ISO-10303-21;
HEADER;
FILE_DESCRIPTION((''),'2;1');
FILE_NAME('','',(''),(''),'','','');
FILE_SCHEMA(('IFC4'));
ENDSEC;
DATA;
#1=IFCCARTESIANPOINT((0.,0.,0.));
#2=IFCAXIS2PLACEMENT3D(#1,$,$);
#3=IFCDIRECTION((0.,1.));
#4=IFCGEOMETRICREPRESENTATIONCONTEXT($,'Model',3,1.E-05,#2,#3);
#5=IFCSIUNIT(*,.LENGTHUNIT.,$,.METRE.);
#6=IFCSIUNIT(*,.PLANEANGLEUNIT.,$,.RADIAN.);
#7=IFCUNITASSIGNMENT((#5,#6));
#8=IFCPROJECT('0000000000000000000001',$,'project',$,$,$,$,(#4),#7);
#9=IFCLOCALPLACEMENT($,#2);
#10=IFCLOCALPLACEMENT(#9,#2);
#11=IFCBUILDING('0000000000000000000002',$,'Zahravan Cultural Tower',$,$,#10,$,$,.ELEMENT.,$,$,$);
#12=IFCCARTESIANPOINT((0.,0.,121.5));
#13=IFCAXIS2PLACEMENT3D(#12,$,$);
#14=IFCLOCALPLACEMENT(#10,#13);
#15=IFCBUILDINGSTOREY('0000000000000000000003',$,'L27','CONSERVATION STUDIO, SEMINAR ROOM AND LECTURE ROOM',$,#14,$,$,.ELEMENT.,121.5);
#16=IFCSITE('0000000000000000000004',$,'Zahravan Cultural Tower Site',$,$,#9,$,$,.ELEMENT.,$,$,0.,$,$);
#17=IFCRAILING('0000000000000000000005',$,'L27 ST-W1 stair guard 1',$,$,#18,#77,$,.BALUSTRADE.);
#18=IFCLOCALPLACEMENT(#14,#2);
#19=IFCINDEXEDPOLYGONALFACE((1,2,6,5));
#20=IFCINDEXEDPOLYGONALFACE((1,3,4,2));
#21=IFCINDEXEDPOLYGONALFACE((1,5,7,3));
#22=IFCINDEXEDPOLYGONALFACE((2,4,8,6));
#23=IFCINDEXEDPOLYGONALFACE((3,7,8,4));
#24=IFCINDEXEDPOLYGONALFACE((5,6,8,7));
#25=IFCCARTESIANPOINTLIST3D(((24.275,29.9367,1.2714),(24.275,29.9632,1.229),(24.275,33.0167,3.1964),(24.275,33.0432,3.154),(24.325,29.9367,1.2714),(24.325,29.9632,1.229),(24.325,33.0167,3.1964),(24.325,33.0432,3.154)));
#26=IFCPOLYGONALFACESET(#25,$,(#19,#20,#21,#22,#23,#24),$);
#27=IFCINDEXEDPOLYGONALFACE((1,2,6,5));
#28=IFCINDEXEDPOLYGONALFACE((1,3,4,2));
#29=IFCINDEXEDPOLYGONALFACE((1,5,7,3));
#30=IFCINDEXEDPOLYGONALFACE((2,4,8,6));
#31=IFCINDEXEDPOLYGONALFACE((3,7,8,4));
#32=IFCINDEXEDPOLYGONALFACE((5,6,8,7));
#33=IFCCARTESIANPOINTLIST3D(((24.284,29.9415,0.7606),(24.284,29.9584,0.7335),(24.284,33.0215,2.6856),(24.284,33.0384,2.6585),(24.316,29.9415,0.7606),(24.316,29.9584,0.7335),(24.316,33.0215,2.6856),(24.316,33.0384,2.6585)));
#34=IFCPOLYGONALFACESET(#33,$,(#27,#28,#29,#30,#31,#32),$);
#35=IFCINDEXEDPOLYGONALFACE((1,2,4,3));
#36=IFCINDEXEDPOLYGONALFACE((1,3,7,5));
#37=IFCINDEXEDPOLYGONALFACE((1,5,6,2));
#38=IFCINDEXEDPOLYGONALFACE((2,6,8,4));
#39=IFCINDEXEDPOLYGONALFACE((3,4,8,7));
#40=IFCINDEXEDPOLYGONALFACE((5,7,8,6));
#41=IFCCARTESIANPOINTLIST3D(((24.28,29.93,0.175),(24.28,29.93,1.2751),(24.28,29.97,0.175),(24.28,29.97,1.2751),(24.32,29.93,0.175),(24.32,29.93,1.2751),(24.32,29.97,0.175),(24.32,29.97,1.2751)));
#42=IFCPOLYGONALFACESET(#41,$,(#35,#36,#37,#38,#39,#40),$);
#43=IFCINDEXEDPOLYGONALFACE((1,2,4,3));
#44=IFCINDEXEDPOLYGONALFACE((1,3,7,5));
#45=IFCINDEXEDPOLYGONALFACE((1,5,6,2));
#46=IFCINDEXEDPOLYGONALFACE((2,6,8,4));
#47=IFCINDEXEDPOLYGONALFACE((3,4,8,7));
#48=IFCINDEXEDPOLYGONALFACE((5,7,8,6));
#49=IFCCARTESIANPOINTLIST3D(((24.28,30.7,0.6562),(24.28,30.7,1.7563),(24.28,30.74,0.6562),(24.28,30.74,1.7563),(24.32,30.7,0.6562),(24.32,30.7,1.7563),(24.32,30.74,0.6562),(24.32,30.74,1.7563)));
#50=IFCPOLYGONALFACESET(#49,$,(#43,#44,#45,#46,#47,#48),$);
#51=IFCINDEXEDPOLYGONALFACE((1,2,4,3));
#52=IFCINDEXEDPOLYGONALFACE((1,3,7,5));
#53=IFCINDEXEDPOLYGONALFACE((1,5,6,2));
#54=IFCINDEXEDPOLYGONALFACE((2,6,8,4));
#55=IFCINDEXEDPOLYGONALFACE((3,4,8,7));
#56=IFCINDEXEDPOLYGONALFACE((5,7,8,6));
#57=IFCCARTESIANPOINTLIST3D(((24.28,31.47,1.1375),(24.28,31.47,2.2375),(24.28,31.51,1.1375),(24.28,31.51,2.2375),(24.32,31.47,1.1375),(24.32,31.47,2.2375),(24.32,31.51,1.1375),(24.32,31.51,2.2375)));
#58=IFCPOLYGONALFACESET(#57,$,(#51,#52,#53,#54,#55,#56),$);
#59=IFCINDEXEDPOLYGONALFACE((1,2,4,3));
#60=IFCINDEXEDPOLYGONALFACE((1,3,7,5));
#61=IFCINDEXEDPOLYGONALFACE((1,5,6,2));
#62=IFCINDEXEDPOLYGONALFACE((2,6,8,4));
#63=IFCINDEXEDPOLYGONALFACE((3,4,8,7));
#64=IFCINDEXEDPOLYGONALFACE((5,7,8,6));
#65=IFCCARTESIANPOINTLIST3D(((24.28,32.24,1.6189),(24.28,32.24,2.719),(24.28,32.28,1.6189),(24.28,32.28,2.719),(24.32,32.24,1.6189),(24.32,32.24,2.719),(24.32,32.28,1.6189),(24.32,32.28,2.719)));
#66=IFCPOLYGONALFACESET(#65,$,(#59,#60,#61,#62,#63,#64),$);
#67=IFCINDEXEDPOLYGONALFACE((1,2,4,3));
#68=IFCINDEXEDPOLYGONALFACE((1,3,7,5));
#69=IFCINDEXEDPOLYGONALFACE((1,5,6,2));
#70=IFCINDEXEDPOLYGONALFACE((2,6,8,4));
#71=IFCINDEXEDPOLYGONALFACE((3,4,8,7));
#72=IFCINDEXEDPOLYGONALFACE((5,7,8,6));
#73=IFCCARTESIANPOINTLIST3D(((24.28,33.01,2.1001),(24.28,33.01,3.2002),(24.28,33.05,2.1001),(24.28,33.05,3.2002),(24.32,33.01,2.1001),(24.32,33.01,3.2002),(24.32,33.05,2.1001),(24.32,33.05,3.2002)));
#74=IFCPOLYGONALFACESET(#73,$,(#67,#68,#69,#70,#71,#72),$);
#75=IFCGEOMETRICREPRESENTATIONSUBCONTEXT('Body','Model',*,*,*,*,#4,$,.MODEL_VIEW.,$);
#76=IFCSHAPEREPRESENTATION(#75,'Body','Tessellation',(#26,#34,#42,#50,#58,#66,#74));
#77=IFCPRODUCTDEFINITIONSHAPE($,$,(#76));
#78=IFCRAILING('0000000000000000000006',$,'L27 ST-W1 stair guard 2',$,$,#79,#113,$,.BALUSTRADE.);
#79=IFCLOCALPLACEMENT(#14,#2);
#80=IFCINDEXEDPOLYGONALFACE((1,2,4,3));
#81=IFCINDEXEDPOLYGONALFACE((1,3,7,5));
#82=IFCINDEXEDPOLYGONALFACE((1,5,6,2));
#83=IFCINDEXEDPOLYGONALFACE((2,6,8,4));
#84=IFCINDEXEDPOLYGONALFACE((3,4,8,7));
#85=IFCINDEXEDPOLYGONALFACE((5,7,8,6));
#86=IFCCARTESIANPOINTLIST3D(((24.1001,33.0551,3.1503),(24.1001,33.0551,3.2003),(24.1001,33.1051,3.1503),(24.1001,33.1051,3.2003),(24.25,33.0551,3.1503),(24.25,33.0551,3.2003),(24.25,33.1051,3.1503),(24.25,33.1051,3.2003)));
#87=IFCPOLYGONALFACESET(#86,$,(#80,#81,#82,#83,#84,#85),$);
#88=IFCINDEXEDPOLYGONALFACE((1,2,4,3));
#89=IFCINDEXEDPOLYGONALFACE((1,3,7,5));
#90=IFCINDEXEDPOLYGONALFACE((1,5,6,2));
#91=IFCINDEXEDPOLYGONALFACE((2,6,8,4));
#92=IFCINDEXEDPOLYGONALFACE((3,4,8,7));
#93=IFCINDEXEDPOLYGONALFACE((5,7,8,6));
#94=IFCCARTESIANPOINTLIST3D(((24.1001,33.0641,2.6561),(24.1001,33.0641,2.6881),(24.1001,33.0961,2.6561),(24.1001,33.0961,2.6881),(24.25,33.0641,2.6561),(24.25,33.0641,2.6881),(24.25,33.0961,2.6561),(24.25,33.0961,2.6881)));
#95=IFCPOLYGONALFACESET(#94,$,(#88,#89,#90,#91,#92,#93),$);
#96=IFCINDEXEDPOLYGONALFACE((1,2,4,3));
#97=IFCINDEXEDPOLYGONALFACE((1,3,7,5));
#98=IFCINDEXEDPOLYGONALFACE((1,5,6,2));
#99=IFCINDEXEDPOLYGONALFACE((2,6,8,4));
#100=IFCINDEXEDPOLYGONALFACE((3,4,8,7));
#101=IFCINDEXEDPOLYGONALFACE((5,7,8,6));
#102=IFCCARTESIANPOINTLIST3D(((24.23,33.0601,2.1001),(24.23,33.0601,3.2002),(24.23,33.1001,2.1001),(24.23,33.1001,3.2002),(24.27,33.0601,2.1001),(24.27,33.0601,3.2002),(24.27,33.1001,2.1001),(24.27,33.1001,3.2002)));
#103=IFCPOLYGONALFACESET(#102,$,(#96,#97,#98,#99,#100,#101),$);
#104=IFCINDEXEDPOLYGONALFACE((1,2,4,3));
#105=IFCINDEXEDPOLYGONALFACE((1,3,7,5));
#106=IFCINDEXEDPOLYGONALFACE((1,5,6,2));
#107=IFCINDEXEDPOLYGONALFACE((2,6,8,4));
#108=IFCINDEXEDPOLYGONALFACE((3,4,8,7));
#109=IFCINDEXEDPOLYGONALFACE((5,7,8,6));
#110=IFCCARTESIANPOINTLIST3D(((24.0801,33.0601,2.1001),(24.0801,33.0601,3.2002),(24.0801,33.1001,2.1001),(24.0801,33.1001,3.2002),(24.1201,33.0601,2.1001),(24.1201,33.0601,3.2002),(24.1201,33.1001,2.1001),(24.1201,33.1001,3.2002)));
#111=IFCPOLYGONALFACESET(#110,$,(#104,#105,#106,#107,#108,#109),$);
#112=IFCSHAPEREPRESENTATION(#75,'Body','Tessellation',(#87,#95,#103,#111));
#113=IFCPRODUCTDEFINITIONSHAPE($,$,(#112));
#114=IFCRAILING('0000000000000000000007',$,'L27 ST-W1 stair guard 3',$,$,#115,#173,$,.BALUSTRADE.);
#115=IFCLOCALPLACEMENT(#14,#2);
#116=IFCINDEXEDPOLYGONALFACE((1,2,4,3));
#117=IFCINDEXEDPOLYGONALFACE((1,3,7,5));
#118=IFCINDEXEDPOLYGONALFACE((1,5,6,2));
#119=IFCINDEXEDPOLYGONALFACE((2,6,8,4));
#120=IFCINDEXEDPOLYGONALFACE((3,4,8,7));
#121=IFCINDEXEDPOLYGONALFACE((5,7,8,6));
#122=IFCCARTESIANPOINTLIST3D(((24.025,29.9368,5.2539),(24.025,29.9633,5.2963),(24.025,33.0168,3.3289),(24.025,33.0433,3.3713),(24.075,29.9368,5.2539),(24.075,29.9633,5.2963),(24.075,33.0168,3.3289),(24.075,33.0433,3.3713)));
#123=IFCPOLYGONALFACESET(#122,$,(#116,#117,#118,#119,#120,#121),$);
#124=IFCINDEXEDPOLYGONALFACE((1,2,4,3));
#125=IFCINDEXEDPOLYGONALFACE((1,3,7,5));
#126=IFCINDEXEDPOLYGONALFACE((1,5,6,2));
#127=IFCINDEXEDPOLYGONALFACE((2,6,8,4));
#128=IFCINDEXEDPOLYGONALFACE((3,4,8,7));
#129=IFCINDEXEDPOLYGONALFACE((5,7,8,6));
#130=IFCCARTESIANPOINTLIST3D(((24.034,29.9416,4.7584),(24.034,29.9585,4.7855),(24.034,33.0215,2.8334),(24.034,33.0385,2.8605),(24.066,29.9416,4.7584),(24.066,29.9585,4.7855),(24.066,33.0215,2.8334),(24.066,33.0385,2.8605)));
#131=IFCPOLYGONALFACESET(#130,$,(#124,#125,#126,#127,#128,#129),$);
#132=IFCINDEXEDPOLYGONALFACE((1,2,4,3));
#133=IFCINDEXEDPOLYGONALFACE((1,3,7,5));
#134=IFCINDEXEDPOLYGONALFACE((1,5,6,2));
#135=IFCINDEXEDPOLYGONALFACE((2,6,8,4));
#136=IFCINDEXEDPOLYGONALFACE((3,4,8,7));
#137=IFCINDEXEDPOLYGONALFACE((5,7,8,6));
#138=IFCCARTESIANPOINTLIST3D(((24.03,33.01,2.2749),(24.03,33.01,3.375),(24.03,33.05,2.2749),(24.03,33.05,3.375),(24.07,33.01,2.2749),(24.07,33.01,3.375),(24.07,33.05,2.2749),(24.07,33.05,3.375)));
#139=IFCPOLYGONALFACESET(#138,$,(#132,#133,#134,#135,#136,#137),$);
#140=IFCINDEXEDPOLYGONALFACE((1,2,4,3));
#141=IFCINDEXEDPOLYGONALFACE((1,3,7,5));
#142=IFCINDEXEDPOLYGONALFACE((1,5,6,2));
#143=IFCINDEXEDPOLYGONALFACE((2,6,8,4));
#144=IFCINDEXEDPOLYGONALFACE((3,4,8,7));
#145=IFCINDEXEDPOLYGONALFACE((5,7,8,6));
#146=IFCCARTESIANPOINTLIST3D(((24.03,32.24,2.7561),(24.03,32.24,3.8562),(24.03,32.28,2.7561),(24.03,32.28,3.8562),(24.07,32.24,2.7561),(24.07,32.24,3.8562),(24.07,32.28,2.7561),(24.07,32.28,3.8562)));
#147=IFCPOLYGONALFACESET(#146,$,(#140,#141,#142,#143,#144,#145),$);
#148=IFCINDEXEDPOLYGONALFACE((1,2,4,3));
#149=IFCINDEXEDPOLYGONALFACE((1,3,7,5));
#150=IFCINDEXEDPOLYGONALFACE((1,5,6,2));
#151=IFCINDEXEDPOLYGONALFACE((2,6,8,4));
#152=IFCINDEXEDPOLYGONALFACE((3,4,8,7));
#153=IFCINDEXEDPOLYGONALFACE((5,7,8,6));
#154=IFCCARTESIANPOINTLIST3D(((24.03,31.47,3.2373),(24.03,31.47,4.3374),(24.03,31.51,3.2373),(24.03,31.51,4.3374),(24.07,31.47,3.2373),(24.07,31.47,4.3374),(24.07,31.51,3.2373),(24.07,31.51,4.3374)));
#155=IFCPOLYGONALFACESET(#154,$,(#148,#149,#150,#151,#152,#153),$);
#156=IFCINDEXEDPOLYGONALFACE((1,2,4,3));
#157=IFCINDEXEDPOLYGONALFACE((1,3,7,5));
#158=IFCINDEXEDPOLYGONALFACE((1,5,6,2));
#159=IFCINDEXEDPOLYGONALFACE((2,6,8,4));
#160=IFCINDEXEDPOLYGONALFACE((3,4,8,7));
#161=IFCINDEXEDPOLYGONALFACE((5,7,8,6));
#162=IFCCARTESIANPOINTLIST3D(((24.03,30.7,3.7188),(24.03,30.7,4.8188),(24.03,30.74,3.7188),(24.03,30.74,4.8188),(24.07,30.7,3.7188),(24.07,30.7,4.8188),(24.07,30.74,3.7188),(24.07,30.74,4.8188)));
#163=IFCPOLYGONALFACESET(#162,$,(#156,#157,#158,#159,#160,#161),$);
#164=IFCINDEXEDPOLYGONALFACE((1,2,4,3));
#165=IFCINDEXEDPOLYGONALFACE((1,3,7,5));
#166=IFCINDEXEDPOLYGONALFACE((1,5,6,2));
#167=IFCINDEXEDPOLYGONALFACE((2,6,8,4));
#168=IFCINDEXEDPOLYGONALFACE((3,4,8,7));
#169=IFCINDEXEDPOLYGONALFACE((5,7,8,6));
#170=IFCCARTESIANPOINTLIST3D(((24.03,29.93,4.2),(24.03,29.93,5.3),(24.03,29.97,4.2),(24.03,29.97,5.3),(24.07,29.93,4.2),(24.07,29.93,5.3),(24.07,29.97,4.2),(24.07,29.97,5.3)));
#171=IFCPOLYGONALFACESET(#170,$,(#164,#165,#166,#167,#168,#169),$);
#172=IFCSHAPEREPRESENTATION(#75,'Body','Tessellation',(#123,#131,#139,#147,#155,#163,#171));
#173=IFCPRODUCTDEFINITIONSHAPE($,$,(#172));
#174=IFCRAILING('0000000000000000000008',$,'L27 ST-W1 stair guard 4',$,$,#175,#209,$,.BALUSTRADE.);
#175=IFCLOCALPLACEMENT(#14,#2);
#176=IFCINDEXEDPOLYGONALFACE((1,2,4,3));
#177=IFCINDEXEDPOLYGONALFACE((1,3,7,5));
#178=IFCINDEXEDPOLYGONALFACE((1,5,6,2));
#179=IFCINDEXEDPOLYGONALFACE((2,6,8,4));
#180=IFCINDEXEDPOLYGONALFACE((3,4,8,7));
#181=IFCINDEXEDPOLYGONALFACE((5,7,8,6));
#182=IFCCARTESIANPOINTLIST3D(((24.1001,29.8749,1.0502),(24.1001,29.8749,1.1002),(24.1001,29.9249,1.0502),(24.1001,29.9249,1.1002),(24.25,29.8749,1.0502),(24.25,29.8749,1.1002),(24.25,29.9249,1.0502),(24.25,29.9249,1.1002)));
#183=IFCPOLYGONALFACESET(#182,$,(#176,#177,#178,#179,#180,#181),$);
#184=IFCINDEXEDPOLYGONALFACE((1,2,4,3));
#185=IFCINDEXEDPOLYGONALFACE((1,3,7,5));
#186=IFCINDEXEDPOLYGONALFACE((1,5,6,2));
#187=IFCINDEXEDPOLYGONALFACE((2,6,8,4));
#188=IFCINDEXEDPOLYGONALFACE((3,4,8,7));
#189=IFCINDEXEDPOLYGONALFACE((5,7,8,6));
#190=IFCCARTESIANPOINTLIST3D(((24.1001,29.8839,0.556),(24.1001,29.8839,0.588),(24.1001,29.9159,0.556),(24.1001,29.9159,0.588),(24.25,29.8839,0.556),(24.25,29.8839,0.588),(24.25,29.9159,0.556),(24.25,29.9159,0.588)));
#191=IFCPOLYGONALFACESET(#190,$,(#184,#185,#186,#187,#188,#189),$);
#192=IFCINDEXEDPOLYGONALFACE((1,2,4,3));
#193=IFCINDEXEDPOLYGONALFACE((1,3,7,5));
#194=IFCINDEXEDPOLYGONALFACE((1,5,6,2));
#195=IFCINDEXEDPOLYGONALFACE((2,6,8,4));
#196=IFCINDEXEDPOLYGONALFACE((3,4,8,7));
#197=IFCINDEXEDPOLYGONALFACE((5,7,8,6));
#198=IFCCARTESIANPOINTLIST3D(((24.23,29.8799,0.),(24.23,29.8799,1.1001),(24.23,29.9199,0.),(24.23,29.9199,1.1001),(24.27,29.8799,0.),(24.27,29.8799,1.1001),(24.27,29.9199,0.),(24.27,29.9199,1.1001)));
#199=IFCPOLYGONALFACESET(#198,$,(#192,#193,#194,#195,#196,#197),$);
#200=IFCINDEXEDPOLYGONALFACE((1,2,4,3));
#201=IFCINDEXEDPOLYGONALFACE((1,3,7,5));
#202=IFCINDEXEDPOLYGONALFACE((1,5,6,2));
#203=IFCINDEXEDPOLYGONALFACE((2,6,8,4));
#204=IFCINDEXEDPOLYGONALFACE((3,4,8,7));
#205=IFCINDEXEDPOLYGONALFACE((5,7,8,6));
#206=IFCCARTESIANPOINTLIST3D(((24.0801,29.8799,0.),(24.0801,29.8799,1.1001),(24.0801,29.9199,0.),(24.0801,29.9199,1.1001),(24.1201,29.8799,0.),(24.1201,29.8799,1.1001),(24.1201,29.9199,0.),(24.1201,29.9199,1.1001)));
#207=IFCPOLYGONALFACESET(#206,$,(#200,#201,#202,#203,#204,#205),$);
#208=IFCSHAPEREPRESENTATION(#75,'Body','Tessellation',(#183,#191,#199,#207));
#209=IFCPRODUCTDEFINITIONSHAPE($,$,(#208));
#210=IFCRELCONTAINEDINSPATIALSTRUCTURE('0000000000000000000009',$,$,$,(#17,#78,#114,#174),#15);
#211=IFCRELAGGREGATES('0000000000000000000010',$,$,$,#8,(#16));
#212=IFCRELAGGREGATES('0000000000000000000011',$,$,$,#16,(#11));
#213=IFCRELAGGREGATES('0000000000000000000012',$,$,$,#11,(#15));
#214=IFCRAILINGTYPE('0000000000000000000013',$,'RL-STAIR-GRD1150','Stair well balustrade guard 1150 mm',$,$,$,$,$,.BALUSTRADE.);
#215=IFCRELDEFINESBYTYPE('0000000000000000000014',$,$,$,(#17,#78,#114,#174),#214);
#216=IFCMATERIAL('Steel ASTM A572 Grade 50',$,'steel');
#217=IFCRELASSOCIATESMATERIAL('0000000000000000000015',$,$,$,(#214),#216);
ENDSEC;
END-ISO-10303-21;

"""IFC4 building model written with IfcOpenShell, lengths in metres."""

from ifc_helpers import new_model, si_unit, direction, frame, origin, origin_2d, place, context, subcontext, project, spatial, rectangle, extrude, material, type_object, element, save


model = new_model("IFC4")

# Units and contexts
model_context = context("Model", 3, precision=1e-05, world=origin(), true_north=direction((0.0, 1.0)))
body_context = subcontext(model_context, "Body", "Model", "MODEL_VIEW")
ifc_project = project(units=[si_unit("LENGTHUNIT", "METRE"), si_unit("PLANEANGLEUNIT", "RADIAN")], contexts=[model_context])

# Site, building, storey
site_placement = place(None, origin())
site = spatial("IfcSite", under=ifc_project, at=site_placement, Name="Zahravan Cultural Tower Site", CompositionType="ELEMENT", RefElevation=0.0)
building_placement = place(site_placement, origin())
building = spatial("IfcBuilding", under=site, at=building_placement, Name="Zahravan Cultural Tower", CompositionType="ELEMENT")
storey_placement = place(building_placement, frame((0.0, 0.0, 121.5)))
storey = spatial("IfcBuildingStorey", under=building, at=storey_placement, Name="L27", Description="CONSERVATION STUDIO, SEMINAR ROOM AND LECTURE ROOM", CompositionType="ELEMENT", Elevation=121.5)

# Railings
ifc_material_1 = material(Name="Steel ASTM A572 Grade 50", Category="steel")
railing_type_1 = type_object("IfcRailingType", Name="RL-STAIR-GRD1150", Description="Stair well balustrade guard 1150 mm", PredefinedType="BALUSTRADE", material=ifc_material_1)
railing_1_placement = place(storey_placement, frame((24.3, 29.95, 0.175)))
element("IfcRailing", 1, at=railing_1_placement, inside=storey, type_object=railing_type_1, Name="L27 ST-W1 stair guard 1", PredefinedType="BALUSTRADE", context=body_context, shape_type="SweptSolid", body=[
    extrude(rectangle(XDim=0.05, YDim=0.05, at=origin_2d()), frame((0.0, 0.0, 1.0752), z_axis=(0.0, 0.847998, 0.529999), x_axis=(-1.0, 0.0, 0.0)), (0.0, 0.0, 1.0), 3.6321),
    extrude(rectangle(XDim=0.032, YDim=0.032, at=origin_2d()), frame((0.0, 0.0, 0.572), z_axis=(0.0, 0.847998, 0.529999), x_axis=(-1.0, 0.0, 0.0)), (0.0, 0.0, 1.0), 3.6321),
    extrude(rectangle(XDim=0.04, YDim=0.04, at=origin_2d()), origin(), (0.0, 0.0, 1.0), 1.1001),
    extrude(rectangle(XDim=0.04, YDim=0.04, at=origin_2d()), frame((0.0, 0.77, 0.4812)), (0.0, 0.0, 1.0), 1.1001),
    extrude(rectangle(XDim=0.04, YDim=0.04, at=origin_2d()), frame((0.0, 1.54, 0.9624)), (0.0, 0.0, 1.0), 1.1001),
    extrude(rectangle(XDim=0.04, YDim=0.04, at=origin_2d()), frame((0.0, 2.3101, 1.4438)), (0.0, 0.0, 1.0), 1.1001),
    extrude(rectangle(XDim=0.04, YDim=0.04, at=origin_2d()), frame((0.0, 3.0801, 1.925)), (0.0, 0.0, 1.0), 1.1001),
])
railing_2_placement = place(storey_placement, frame((24.25, 33.0801, 2.1001)))
element("IfcRailing", 2, at=railing_2_placement, inside=storey, type_object=railing_type_1, Name="L27 ST-W1 stair guard 2", PredefinedType="BALUSTRADE", context=body_context, shape_type="SweptSolid", body=[
    extrude(rectangle(XDim=0.05, YDim=0.05, at=origin_2d()), frame((0.0, 0.0, 1.0752), z_axis=(-1.0, 0.0, 0.0), x_axis=(0.0, -1.0, 0.0)), (0.0, 0.0, 1.0), 0.1499),
    extrude(rectangle(XDim=0.032, YDim=0.032, at=origin_2d()), frame((0.0, 0.0, 0.572), z_axis=(-1.0, 0.0, 0.0), x_axis=(0.0, -1.0, 0.0)), (0.0, 0.0, 1.0), 0.1499),
    extrude(rectangle(XDim=0.04, YDim=0.04, at=origin_2d()), origin(), (0.0, 0.0, 1.0), 1.1001),
    extrude(rectangle(XDim=0.04, YDim=0.04, at=origin_2d()), frame((-0.1499, 0.0, 0.0)), (0.0, 0.0, 1.0), 1.1001),
])
railing_3_placement = place(storey_placement, frame((24.05, 33.03, 2.2749)))
element("IfcRailing", 3, at=railing_3_placement, inside=storey, type_object=railing_type_1, Name="L27 ST-W1 stair guard 3", PredefinedType="BALUSTRADE", context=body_context, shape_type="SweptSolid", body=[
    extrude(rectangle(XDim=0.05, YDim=0.05, at=origin_2d()), frame((0.0, 0.0, 1.0752), z_axis=(0.0, -0.847998, 0.529999), x_axis=(1.0, 0.0, 0.0)), (0.0, 0.0, 1.0), 3.6321),
    extrude(rectangle(XDim=0.032, YDim=0.032, at=origin_2d()), frame((0.0, 0.0, 0.572), z_axis=(0.0, -0.847998, 0.529999), x_axis=(1.0, 0.0, 0.0)), (0.0, 0.0, 1.0), 3.6321),
    extrude(rectangle(XDim=0.04, YDim=0.04, at=origin_2d()), origin(), (0.0, 0.0, 1.0), 1.1001),
    extrude(rectangle(XDim=0.04, YDim=0.04, at=origin_2d()), frame((0.0, -0.77, 0.4812)), (0.0, 0.0, 1.0), 1.1001),
    extrude(rectangle(XDim=0.04, YDim=0.04, at=origin_2d()), frame((0.0, -1.54, 0.9624)), (0.0, 0.0, 1.0), 1.1001),
    extrude(rectangle(XDim=0.04, YDim=0.04, at=origin_2d()), frame((0.0, -2.3101, 1.4438)), (0.0, 0.0, 1.0), 1.1001),
    extrude(rectangle(XDim=0.04, YDim=0.04, at=origin_2d()), frame((0.0, -3.0801, 1.925)), (0.0, 0.0, 1.0), 1.1001),
])
railing_4_placement = place(storey_placement, frame((24.25, 29.8999, 0.0)))
element("IfcRailing", 4, at=railing_4_placement, inside=storey, type_object=railing_type_1, Name="L27 ST-W1 stair guard 4", PredefinedType="BALUSTRADE", context=body_context, shape_type="SweptSolid", body=[
    extrude(rectangle(XDim=0.05, YDim=0.05, at=origin_2d()), frame((0.0, 0.0, 1.0752), z_axis=(-1.0, 0.0, 0.0), x_axis=(0.0, -1.0, 0.0)), (0.0, 0.0, 1.0), 0.1499),
    extrude(rectangle(XDim=0.032, YDim=0.032, at=origin_2d()), frame((0.0, 0.0, 0.572), z_axis=(-1.0, 0.0, 0.0), x_axis=(0.0, -1.0, 0.0)), (0.0, 0.0, 1.0), 0.1499),
    extrude(rectangle(XDim=0.04, YDim=0.04, at=origin_2d()), origin(), (0.0, 0.0, 1.0), 1.1001),
    extrude(rectangle(XDim=0.04, YDim=0.04, at=origin_2d()), frame((-0.1499, 0.0, 0.0)), (0.0, 0.0, 1.0), 1.1001),
])

save(model, "model.ifc")
